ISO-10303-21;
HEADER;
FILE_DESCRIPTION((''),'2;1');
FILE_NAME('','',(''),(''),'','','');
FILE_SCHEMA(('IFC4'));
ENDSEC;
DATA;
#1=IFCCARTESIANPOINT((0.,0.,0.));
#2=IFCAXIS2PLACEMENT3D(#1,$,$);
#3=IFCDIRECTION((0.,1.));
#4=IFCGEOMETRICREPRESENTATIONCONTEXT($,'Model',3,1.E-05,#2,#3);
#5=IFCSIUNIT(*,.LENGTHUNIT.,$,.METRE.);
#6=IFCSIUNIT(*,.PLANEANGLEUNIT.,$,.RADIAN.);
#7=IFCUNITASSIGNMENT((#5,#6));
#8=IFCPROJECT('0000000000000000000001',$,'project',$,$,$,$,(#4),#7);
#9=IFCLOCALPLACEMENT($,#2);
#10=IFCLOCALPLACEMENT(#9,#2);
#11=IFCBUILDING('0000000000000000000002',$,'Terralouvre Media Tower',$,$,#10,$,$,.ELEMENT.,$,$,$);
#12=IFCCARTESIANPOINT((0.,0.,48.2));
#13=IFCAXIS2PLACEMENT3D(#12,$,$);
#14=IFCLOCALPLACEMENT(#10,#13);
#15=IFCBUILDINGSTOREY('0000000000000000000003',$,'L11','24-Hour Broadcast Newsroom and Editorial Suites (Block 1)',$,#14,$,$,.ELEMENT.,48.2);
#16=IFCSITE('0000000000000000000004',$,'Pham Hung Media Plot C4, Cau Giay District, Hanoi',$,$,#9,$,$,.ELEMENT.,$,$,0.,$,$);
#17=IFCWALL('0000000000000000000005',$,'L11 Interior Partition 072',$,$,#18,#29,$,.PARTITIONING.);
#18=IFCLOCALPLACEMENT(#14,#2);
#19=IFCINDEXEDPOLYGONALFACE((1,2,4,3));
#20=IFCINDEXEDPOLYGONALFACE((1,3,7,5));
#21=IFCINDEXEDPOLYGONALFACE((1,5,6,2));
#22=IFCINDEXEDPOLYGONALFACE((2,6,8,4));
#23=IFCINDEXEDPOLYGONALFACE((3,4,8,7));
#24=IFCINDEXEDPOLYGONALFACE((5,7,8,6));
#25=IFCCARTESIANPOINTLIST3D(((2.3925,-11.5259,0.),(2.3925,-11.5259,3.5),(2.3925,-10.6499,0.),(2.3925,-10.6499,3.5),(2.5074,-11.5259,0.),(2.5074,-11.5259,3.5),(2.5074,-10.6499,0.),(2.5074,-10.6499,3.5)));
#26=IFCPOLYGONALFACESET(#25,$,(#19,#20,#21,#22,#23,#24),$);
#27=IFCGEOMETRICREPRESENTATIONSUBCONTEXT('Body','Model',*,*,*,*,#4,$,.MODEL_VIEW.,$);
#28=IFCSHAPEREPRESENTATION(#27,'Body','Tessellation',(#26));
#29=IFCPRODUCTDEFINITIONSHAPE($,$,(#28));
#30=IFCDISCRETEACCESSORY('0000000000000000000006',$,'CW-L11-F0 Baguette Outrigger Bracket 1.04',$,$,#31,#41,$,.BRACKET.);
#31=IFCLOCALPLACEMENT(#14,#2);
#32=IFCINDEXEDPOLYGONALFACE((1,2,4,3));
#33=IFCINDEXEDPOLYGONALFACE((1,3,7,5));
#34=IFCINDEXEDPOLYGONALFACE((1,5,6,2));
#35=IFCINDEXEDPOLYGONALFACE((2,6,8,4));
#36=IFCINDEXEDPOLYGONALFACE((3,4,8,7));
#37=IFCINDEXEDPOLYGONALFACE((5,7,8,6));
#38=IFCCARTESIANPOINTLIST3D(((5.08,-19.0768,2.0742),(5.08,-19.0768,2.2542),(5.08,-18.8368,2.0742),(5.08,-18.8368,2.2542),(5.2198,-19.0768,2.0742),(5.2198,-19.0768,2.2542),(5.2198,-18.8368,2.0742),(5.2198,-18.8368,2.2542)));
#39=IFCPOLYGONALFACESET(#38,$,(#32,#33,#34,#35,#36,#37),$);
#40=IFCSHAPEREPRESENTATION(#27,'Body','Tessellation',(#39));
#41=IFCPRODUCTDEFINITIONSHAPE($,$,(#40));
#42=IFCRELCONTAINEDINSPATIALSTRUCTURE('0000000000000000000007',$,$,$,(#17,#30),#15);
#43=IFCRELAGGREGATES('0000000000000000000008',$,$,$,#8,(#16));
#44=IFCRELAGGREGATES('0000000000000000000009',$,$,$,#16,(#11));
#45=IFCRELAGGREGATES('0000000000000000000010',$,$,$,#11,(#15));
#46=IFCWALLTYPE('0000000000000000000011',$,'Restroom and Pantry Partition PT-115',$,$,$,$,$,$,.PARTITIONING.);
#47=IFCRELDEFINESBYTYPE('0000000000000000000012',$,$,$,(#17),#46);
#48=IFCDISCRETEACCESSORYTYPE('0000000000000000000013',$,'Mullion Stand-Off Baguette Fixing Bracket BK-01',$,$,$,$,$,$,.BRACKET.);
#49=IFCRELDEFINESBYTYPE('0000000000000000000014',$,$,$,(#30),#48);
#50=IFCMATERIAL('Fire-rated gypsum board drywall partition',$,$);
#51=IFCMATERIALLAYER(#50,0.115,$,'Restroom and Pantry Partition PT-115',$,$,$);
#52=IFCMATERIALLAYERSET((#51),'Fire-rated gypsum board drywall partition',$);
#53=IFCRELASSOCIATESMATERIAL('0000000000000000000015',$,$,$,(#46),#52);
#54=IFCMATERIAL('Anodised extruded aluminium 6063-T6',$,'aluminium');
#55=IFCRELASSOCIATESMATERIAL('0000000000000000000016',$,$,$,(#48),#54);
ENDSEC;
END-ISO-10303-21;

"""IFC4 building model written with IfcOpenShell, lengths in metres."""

from ifc_helpers import new_model, si_unit, direction, frame, frame_2d, origin, origin_2d, place, context, subcontext, project, spatial, rectangle, extrude, material, layer, layer_set, type_object, element, save


model = new_model("IFC4")

# Units and contexts
model_context = context("Model", 3, precision=1e-05, world=origin(), true_north=direction((0.0, 1.0)))
body_context = subcontext(model_context, "Body", "Model", "MODEL_VIEW")
ifc_project = project(units=[si_unit("LENGTHUNIT", "METRE"), si_unit("PLANEANGLEUNIT", "RADIAN")], contexts=[model_context])

# Site, building, storey
site_placement = place(None, origin())
site = spatial("IfcSite", under=ifc_project, at=site_placement, Name="Pham Hung Media Plot C4, Cau Giay District, Hanoi", CompositionType="ELEMENT", RefElevation=0.0)
building_placement = place(site_placement, origin())
building = spatial("IfcBuilding", under=site, at=building_placement, Name="Terralouvre Media Tower", CompositionType="ELEMENT")
storey_placement = place(building_placement, frame((0.0, 0.0, 48.2)))
storey = spatial("IfcBuildingStorey", under=building, at=storey_placement, Name="L11", Description="24-Hour Broadcast Newsroom and Editorial Suites (Block 1)", CompositionType="ELEMENT", Elevation=48.2)

# Wall
ifc_material_1 = material(Name="Fire-rated gypsum board drywall partition")
ifc_layer_1 = layer(ifc_material_1, 0.115, Name="Restroom and Pantry Partition PT-115")
ifc_layer_set_1 = layer_set([ifc_layer_1], Name="Fire-rated gypsum board drywall partition")
wall_type_1 = type_object("IfcWallType", Name="Restroom and Pantry Partition PT-115", PredefinedType="PARTITIONING", material=ifc_layer_set_1)
wall_1_placement = place(storey_placement, frame((2.45, -11.5259, 0.0), z_axis=(0.0, 0.0, 1.0), x_axis=(0.0, 1.0, 0.0)))
element("IfcWall", 1, at=wall_1_placement, inside=storey, type_object=wall_type_1, Name="L11 Interior Partition 072", PredefinedType="PARTITIONING", context=body_context, shape_type="SweptSolid", body=[
    extrude(rectangle(XDim=0.876, YDim=0.115, at=frame_2d((0.438, 0.0))), origin(), (0.0, 0.0, 1.0), 3.5),
])

# Discrete accessory
ifc_material_2 = material(Name="Anodised extruded aluminium 6063-T6", Category="aluminium")
discrete_accessory_type = type_object("IfcDiscreteAccessoryType", Name="Mullion Stand-Off Baguette Fixing Bracket BK-01", PredefinedType="BRACKET", material=ifc_material_2)
discrete_accessory_placement = place(storey_placement, frame((5.1499, -18.9568, 2.0742), z_axis=(0.0, 0.0, 1.0), x_axis=(1.0, 0.0, 0.0)))
element("IfcDiscreteAccessory", 2, at=discrete_accessory_placement, inside=storey, type_object=discrete_accessory_type, Name="CW-L11-F0 Baguette Outrigger Bracket 1.04", PredefinedType="BRACKET", context=body_context, shape_type="SweptSolid", body=[
    extrude(rectangle(XDim=0.1399, YDim=0.24, at=origin_2d()), origin(), (0.0, 0.0, 1.0), 0.1799),
])

save(model, "model.ifc")
